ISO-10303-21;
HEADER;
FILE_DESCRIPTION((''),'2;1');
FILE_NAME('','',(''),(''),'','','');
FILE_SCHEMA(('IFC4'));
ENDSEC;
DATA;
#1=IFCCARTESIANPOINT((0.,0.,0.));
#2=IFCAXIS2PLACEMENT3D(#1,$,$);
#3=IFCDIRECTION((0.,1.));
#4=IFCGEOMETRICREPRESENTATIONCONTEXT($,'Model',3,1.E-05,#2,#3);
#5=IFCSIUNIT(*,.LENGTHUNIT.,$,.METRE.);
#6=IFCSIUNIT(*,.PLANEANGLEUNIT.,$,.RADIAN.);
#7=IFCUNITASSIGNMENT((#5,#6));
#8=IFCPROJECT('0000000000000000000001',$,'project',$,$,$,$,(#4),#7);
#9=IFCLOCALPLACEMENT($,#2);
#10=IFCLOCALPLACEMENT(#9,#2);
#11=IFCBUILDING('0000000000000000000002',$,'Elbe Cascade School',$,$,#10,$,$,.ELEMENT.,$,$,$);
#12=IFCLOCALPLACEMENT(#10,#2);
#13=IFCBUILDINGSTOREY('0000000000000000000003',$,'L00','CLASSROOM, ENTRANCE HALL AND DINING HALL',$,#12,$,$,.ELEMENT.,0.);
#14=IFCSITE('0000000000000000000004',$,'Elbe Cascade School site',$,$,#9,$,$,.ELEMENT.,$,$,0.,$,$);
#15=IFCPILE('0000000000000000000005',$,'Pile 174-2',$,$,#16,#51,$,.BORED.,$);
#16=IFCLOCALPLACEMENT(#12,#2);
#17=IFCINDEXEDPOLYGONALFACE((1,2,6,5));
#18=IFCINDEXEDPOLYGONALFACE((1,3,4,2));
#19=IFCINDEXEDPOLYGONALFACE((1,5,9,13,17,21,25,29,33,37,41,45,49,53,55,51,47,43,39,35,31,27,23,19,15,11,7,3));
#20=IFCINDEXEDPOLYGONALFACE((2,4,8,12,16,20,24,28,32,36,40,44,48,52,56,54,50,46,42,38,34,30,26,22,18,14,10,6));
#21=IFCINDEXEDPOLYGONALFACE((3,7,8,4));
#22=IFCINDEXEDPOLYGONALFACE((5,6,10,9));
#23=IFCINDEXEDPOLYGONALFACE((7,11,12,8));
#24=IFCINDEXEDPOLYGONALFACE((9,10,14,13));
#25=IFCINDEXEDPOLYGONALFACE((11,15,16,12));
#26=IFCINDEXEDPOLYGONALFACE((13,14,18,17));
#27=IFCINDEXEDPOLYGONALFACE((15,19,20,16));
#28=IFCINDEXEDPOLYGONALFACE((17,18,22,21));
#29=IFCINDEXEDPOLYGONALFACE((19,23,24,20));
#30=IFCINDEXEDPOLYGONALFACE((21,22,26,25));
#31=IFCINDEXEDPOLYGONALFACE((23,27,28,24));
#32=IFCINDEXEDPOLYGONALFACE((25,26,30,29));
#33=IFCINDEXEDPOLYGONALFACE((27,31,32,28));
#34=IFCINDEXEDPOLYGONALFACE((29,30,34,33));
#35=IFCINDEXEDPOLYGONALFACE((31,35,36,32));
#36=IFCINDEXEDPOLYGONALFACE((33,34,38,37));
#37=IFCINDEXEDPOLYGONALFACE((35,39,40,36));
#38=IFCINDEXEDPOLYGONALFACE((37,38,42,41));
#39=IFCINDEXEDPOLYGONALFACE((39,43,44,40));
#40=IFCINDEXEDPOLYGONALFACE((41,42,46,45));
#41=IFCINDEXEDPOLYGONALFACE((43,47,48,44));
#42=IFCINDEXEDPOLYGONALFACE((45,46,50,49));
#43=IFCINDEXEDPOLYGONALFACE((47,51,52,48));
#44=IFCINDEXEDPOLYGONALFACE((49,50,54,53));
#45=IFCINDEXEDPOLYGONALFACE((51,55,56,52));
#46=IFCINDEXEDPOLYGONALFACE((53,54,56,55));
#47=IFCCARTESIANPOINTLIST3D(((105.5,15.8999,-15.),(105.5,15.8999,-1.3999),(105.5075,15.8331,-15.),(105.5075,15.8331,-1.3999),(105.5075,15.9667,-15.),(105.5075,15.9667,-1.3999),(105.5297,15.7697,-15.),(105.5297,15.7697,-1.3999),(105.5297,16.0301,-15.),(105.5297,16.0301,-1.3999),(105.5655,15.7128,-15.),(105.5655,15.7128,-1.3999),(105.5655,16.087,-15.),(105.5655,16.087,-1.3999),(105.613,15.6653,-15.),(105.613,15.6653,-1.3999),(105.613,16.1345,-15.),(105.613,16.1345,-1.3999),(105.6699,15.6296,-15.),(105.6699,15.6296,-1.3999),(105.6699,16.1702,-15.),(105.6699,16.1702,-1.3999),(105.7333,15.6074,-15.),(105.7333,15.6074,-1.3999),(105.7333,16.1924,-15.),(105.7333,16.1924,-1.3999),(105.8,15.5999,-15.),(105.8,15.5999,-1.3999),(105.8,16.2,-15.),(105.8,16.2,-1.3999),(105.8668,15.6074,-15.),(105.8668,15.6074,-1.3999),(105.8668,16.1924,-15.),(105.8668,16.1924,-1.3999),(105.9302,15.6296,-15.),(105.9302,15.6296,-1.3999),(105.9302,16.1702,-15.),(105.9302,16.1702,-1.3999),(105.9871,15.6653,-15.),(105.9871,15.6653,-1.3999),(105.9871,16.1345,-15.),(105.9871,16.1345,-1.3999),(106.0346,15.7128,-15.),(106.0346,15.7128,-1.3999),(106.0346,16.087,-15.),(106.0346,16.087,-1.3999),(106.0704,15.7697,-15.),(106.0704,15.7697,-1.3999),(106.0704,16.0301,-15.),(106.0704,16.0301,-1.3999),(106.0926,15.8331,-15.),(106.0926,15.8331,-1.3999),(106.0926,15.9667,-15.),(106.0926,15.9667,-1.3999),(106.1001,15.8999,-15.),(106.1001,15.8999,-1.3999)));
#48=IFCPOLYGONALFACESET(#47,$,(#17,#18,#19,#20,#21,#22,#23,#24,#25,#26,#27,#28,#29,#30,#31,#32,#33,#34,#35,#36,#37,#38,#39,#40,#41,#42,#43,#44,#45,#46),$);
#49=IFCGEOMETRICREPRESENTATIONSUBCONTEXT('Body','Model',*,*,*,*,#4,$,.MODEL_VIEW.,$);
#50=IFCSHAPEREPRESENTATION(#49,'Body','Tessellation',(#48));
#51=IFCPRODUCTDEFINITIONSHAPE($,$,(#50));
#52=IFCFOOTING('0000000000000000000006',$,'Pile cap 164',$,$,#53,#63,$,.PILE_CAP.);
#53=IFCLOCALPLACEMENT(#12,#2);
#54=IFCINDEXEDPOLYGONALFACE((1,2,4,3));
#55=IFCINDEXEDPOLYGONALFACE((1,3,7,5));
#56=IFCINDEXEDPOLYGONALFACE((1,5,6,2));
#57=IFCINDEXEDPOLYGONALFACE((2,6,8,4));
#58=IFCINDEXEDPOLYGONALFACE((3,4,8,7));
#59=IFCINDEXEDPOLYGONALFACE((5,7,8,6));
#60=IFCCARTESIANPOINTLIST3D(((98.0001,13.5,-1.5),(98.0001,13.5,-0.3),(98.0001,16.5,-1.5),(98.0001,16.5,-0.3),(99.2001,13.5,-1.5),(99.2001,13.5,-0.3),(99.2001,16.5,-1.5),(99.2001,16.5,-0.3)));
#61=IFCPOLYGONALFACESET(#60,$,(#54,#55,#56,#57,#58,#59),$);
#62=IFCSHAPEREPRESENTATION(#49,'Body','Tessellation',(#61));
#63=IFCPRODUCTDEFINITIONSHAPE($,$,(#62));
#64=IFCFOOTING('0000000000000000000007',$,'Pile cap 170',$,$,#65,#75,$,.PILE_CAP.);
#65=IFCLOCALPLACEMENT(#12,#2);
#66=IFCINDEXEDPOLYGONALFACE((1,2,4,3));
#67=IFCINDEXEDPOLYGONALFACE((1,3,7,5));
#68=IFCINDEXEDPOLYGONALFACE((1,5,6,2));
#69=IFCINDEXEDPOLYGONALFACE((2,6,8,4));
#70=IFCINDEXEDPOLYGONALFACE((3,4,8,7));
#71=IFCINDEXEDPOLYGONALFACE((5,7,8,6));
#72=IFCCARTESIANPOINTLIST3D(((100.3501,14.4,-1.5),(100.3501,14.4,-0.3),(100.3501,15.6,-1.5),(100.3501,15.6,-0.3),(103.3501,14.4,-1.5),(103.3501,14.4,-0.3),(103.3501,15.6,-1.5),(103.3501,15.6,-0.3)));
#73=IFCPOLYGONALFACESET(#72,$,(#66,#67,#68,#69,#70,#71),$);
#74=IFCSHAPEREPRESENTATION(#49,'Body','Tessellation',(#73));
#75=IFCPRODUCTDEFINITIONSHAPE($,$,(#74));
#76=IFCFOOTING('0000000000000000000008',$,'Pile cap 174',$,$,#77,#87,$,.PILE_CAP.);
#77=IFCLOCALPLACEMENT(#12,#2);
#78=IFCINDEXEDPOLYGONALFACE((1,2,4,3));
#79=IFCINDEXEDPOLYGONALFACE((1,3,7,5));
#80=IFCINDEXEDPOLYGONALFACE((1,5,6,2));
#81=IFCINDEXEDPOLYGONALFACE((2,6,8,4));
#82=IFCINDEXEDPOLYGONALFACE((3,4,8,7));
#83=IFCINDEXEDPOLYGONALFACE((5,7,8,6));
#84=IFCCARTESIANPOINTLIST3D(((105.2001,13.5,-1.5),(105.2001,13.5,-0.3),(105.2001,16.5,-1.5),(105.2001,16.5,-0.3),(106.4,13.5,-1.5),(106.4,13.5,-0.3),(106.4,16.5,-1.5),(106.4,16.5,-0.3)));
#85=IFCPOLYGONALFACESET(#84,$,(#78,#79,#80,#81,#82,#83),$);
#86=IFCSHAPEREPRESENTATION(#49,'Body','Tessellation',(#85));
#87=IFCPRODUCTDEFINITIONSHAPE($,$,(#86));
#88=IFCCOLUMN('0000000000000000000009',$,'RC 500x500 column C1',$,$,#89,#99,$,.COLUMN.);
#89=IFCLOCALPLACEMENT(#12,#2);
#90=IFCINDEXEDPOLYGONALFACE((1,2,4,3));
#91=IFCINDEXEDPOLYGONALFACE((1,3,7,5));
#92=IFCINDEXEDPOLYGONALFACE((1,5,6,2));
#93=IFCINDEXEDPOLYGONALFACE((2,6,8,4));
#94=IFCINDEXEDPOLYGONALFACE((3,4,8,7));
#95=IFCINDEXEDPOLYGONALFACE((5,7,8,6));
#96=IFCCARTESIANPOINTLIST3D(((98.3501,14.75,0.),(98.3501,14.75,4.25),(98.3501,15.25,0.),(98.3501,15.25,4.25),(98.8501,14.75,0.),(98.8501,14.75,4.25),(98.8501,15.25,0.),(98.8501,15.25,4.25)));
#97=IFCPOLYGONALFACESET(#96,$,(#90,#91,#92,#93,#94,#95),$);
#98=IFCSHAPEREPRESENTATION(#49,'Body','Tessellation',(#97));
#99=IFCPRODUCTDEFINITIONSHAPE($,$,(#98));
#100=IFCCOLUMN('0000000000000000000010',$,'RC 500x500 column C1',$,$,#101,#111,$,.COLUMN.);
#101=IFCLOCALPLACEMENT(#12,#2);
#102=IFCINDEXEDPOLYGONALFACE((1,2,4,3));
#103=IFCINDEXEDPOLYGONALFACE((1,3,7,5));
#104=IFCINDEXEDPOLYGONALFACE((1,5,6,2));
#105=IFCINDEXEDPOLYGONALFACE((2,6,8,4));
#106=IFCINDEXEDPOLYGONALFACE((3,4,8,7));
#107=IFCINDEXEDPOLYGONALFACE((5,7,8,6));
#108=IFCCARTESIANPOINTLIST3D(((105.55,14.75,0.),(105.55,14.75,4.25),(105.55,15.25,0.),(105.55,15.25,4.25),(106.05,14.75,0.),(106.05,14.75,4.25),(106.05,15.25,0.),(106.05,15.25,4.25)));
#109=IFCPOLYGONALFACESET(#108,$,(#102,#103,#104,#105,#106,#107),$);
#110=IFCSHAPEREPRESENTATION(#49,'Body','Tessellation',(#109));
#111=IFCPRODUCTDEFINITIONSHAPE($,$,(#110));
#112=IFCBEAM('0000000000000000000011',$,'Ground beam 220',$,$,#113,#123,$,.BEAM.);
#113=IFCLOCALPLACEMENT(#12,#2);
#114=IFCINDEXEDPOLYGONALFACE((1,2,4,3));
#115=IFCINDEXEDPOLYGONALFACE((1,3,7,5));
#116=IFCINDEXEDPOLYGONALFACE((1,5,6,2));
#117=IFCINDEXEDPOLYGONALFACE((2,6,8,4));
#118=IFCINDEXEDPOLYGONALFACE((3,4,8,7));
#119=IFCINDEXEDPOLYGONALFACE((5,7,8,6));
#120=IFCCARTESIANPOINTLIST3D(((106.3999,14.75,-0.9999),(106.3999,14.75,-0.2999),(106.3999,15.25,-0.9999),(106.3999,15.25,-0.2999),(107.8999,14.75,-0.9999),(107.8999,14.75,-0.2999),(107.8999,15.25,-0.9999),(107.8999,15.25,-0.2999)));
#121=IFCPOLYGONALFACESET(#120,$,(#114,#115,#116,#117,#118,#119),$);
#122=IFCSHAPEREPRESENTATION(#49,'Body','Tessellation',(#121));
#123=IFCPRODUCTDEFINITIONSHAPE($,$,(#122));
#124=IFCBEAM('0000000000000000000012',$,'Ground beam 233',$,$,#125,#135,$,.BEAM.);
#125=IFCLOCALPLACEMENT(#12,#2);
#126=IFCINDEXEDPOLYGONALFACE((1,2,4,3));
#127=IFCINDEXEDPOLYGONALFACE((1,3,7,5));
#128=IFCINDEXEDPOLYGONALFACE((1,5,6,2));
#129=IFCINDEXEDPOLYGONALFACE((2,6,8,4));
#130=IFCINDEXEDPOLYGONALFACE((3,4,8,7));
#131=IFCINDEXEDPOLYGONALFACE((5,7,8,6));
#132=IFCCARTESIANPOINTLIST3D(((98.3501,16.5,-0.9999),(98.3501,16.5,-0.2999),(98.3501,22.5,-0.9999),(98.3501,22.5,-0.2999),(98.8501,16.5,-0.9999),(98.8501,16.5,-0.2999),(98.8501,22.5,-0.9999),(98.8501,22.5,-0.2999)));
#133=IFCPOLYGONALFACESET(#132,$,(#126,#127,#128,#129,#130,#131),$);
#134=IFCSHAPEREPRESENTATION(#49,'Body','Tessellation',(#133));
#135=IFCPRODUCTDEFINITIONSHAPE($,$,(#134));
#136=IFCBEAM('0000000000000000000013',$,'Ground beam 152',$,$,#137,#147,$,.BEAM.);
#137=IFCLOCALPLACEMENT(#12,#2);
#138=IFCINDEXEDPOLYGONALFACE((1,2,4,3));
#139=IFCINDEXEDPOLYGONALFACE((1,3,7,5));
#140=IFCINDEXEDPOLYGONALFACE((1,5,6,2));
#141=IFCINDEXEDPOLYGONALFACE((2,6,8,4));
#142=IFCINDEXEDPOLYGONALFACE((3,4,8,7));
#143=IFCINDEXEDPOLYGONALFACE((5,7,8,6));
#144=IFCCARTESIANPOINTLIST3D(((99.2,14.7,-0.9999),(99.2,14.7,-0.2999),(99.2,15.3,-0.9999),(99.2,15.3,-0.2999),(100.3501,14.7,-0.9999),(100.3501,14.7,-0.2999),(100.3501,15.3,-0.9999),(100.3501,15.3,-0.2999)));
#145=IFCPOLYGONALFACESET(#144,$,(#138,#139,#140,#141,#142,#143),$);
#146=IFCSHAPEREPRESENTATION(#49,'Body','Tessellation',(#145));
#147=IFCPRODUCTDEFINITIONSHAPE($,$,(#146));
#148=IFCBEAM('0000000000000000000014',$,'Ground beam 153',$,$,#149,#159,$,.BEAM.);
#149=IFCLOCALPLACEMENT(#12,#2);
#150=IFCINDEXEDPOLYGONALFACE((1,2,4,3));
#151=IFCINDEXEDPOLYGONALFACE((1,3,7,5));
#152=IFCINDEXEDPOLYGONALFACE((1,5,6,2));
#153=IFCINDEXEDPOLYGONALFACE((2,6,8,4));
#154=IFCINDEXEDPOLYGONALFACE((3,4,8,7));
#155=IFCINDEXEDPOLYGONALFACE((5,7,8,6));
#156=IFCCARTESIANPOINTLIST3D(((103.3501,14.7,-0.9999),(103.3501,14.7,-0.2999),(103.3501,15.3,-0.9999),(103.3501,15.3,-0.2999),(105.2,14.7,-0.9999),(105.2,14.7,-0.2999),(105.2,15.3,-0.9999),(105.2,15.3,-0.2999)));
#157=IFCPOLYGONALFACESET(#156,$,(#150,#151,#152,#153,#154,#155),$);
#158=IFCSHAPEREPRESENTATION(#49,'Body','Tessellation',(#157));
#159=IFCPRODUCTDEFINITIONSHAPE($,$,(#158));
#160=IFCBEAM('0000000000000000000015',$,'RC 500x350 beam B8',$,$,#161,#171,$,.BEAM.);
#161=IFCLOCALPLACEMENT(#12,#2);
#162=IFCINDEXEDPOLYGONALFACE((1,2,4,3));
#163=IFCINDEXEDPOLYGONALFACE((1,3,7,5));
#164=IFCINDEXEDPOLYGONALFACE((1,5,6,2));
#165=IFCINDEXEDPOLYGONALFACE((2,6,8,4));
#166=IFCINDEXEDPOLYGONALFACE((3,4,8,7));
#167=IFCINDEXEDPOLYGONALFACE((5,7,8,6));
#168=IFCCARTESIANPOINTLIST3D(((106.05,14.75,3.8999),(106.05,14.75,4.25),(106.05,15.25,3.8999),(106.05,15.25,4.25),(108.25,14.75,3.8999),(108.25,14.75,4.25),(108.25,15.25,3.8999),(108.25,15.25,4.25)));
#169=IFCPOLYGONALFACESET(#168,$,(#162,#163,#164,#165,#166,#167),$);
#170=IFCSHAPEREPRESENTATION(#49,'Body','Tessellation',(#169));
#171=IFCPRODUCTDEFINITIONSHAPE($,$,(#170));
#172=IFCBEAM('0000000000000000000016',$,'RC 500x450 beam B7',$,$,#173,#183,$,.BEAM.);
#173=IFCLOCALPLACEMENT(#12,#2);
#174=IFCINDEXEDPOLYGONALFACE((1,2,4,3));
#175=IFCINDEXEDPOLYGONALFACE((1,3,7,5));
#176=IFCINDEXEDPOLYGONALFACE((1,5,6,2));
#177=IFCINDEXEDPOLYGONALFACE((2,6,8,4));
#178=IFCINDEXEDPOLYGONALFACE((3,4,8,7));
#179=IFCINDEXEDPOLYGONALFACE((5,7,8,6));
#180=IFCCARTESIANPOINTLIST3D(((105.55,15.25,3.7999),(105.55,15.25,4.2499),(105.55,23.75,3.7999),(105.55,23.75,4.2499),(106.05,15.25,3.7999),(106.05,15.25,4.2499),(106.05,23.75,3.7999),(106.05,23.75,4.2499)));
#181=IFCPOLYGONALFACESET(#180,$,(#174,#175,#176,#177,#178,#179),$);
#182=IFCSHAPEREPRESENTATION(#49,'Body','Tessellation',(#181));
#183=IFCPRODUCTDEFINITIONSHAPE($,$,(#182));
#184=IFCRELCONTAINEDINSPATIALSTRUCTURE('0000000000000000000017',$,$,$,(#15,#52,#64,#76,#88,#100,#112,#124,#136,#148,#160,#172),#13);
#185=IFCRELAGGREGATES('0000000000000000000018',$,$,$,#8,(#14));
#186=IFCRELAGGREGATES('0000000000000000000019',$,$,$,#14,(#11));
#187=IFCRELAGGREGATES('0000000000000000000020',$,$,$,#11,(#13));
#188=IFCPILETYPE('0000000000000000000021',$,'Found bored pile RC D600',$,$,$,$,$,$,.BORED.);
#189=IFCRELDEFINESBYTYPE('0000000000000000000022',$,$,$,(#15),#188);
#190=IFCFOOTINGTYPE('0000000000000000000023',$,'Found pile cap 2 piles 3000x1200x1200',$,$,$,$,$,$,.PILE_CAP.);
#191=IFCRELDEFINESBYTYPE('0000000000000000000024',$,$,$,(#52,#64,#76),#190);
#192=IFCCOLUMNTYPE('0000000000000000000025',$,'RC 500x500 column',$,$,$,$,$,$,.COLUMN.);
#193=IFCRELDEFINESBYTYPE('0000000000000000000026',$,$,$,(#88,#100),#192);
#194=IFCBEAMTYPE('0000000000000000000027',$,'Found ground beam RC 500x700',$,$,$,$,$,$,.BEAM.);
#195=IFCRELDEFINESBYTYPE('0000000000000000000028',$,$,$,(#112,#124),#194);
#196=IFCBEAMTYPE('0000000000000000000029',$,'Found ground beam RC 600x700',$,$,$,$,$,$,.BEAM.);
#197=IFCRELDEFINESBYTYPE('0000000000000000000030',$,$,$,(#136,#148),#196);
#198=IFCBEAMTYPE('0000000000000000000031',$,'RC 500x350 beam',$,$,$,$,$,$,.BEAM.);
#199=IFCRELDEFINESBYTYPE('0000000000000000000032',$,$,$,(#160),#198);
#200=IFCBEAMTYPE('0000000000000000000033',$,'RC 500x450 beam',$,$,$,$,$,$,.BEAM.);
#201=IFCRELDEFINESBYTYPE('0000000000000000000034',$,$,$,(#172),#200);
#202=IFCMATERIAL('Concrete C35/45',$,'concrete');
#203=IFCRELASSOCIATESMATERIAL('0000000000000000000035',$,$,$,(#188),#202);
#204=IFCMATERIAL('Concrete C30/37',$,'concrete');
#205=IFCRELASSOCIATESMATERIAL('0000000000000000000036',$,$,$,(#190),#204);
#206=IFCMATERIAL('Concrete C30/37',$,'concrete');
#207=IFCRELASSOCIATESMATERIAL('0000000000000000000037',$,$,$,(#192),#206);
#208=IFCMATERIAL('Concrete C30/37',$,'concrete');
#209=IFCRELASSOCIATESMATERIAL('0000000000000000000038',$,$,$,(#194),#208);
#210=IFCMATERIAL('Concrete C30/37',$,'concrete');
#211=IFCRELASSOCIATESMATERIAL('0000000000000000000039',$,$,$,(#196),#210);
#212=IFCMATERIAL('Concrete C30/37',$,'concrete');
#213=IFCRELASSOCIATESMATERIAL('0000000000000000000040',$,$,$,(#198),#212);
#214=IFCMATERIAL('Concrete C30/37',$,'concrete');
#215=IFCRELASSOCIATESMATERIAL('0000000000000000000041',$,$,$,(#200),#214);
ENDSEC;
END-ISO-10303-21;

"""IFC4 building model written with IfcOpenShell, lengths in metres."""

from ifc_helpers import new_model, si_unit, direction, frame, origin, origin_2d, place, context, subcontext, project, spatial, rectangle, circle, extrude, material, material_profile, profile_set, type_object, element, save


model = new_model("IFC4")

# Units and contexts
model_context = context("Model", 3, precision=1e-05, world=origin(), true_north=direction((0.0, 1.0)))
body_context = subcontext(model_context, "Body", "Model", "MODEL_VIEW")
ifc_project = project(units=[si_unit("LENGTHUNIT", "METRE"), si_unit("PLANEANGLEUNIT", "RADIAN")], contexts=[model_context])

# Site, building, storey
site_placement = place(None, origin())
site = spatial("IfcSite", under=ifc_project, at=site_placement, Name="Elbe Cascade School site", CompositionType="ELEMENT", RefElevation=0.0)
building_placement = place(site_placement, origin())
building = spatial("IfcBuilding", under=site, at=building_placement, Name="Elbe Cascade School", CompositionType="ELEMENT")
storey_placement = place(building_placement, origin())
storey = spatial("IfcBuildingStorey", under=building, at=storey_placement, Name="L00", Description="CLASSROOM, ENTRANCE HALL AND DINING HALL", CompositionType="ELEMENT", Elevation=0.0)

# Pile
ifc_material_1 = material(Name="Concrete C35/45", Category="concrete")
ifc_material_profile_1 = material_profile(ifc_material_1, circle(Radius=0.3, at=origin_2d()), Name="RC D600")
ifc_profile_set_1 = profile_set([ifc_material_profile_1], Name="Concrete C35/45")
pile_type = type_object("IfcPileType", Name="Found bored pile RC D600", PredefinedType="BORED", material=ifc_profile_set_1)
for number, where, z_axis, x_axis, name in (
    (1, (105.8, 15.8999, -1.3999), (0.0, 0.0, -1.0), (1.0, 0.0, 0.0), "Pile 174-2"),
):
    element("IfcPile", number, at=place(storey_placement, frame(where, z_axis=z_axis, x_axis=x_axis)), inside=storey, type_object=pile_type, Name=name, PredefinedType="BORED", context=body_context, shape_type="SweptSolid", body=[
        extrude(circle(Radius=0.3, at=origin_2d()), origin(), (0.0, 0.0, 1.0), 13.6001),
    ])

# Footings
ifc_material_2 = material(Name="Concrete C30/37", Category="concrete")
footing_type = type_object("IfcFootingType", Name="Found pile cap 2 piles 3000x1200x1200", PredefinedType="PILE_CAP", material=ifc_material_2)
footing_1_placement = place(storey_placement, frame((98.6001, 15.0, -1.5), z_axis=(0.0, 0.0, 1.0), x_axis=(1.0, 0.0, 0.0)))
element("IfcFooting", 2, at=footing_1_placement, inside=storey, type_object=footing_type, Name="Pile cap 164", PredefinedType="PILE_CAP", context=body_context, shape_type="SweptSolid", body=[
    extrude(rectangle(XDim=1.2, YDim=3.0, at=origin_2d()), origin(), (0.0, 0.0, 1.0), 1.2),
])
footing_2_placement = place(storey_placement, frame((101.8501, 15.0, -1.5), z_axis=(0.0, 0.0, 1.0), x_axis=(1.0, 0.0, 0.0)))
element("IfcFooting", 3, at=footing_2_placement, inside=storey, type_object=footing_type, Name="Pile cap 170", PredefinedType="PILE_CAP", context=body_context, shape_type="SweptSolid", body=[
    extrude(rectangle(XDim=3.0, YDim=1.2, at=origin_2d()), origin(), (0.0, 0.0, 1.0), 1.2),
])
footing_3_placement = place(storey_placement, frame((105.8, 15.0, -1.5), z_axis=(0.0, 0.0, 1.0), x_axis=(1.0, 0.0, 0.0)))
element("IfcFooting", 4, at=footing_3_placement, inside=storey, type_object=footing_type, Name="Pile cap 174", PredefinedType="PILE_CAP", context=body_context, shape_type="SweptSolid", body=[
    extrude(rectangle(XDim=1.2, YDim=3.0, at=origin_2d()), origin(), (0.0, 0.0, 1.0), 1.2),
])

# Columns
ifc_material_3 = material(Name="Concrete C30/37", Category="concrete")
ifc_material_profile_2 = material_profile(ifc_material_3, rectangle(XDim=0.5, YDim=0.5, at=origin_2d()), Name="RC 500x500")
ifc_profile_set_2 = profile_set([ifc_material_profile_2], Name="Concrete C30/37")
column_type = type_object("IfcColumnType", Name="RC 500x500 column", PredefinedType="COLUMN", material=ifc_profile_set_2)
for number, where, z_axis, x_axis, name in (
    (5, (98.6001, 15.0, 0.0), (0.0, 0.0, 1.0), (1.0, 0.0, 0.0), "RC 500x500 column C1"),
    (6, (105.8, 15.0, 0.0), (0.0, 0.0, 1.0), (1.0, 0.0, 0.0), "RC 500x500 column C1"),
):
    element("IfcColumn", number, at=place(storey_placement, frame(where, z_axis=z_axis, x_axis=x_axis)), inside=storey, type_object=column_type, Name=name, PredefinedType="COLUMN", context=body_context, shape_type="SweptSolid", body=[
        extrude(rectangle(XDim=0.5, YDim=0.5, at=origin_2d()), origin(), (0.0, 0.0, 1.0), 4.25),
    ])

# Beams
ifc_material_4 = material(Name="Concrete C30/37", Category="concrete")
ifc_material_profile_3 = material_profile(ifc_material_4, rectangle(XDim=0.5, YDim=0.7, at=origin_2d()), Name="RC 500x700")
ifc_profile_set_3 = profile_set([ifc_material_profile_3], Name="Concrete C30/37")
beam_type_1 = type_object("IfcBeamType", Name="Found ground beam RC 500x700", PredefinedType="BEAM", material=ifc_profile_set_3)
beam_1_placement = place(storey_placement, frame((106.3999, 15.0, -0.6499), z_axis=(1.0, 0.0, 0.0), x_axis=(0.0, 1.0, 0.0)))
element("IfcBeam", 7, at=beam_1_placement, inside=storey, type_object=beam_type_1, Name="Ground beam 220", PredefinedType="BEAM", context=body_context, shape_type="SweptSolid", body=[
    extrude(rectangle(XDim=0.5, YDim=0.7, at=origin_2d()), origin(), (0.0, 0.0, 1.0), 1.5),
])
beam_2_placement = place(storey_placement, frame((98.6001, 16.5, -0.6499), z_axis=(0.0, 1.0, 0.0), x_axis=(-1.0, 0.0, 0.0)))
element("IfcBeam", 8, at=beam_2_placement, inside=storey, type_object=beam_type_1, Name="Ground beam 233", PredefinedType="BEAM", context=body_context, shape_type="SweptSolid", body=[
    extrude(rectangle(XDim=0.5, YDim=0.7, at=origin_2d()), origin(), (0.0, 0.0, 1.0), 6.0),
])
ifc_material_5 = material(Name="Concrete C30/37", Category="concrete")
ifc_material_profile_4 = material_profile(ifc_material_5, rectangle(XDim=0.6001, YDim=0.7, at=origin_2d()), Name="RC 600x700")
ifc_profile_set_4 = profile_set([ifc_material_profile_4], Name="Concrete C30/37")
beam_type_2 = type_object("IfcBeamType", Name="Found ground beam RC 600x700", PredefinedType="BEAM", material=ifc_profile_set_4)
beam_3_placement = place(storey_placement, frame((99.2, 15.0, -0.6499), z_axis=(1.0, 0.0, 0.0), x_axis=(0.0, 1.0, 0.0)))
element("IfcBeam", 9, at=beam_3_placement, inside=storey, type_object=beam_type_2, Name="Ground beam 152", PredefinedType="BEAM", context=body_context, shape_type="SweptSolid", body=[
    extrude(rectangle(XDim=0.6001, YDim=0.7, at=origin_2d()), origin(), (0.0, 0.0, 1.0), 1.1501),
])
beam_4_placement = place(storey_placement, frame((103.3501, 15.0, -0.6499), z_axis=(1.0, 0.0, 0.0), x_axis=(0.0, 1.0, 0.0)))
element("IfcBeam", 10, at=beam_4_placement, inside=storey, type_object=beam_type_2, Name="Ground beam 153", PredefinedType="BEAM", context=body_context, shape_type="SweptSolid", body=[
    extrude(rectangle(XDim=0.6001, YDim=0.7, at=origin_2d()), origin(), (0.0, 0.0, 1.0), 1.8499),
])
ifc_material_6 = material(Name="Concrete C30/37", Category="concrete")
ifc_material_profile_5 = material_profile(ifc_material_6, rectangle(XDim=0.5, YDim=0.3501, at=origin_2d()), Name="RC 500x350")
ifc_profile_set_5 = profile_set([ifc_material_profile_5], Name="Concrete C30/37")
beam_type_3 = type_object("IfcBeamType", Name="RC 500x350 beam", PredefinedType="BEAM", material=ifc_profile_set_5)
beam_5_placement = place(storey_placement, frame((106.05, 15.0, 4.075), z_axis=(1.0, 0.0, 0.0), x_axis=(0.0, 1.0, 0.0)))
element("IfcBeam", 11, at=beam_5_placement, inside=storey, type_object=beam_type_3, Name="RC 500x350 beam B8", PredefinedType="BEAM", context=body_context, shape_type="SweptSolid", body=[
    extrude(rectangle(XDim=0.5, YDim=0.3501, at=origin_2d()), origin(), (0.0, 0.0, 1.0), 2.2),
])
ifc_material_7 = material(Name="Concrete C30/37", Category="concrete")
ifc_material_profile_6 = material_profile(ifc_material_7, rectangle(XDim=0.5, YDim=0.45, at=origin_2d()), Name="RC 500x450")
ifc_profile_set_6 = profile_set([ifc_material_profile_6], Name="Concrete C30/37")
beam_type_4 = type_object("IfcBeamType", Name="RC 500x450 beam", PredefinedType="BEAM", material=ifc_profile_set_6)
beam_6_placement = place(storey_placement, frame((105.8, 15.25, 4.0249), z_axis=(0.0, 1.0, 0.0), x_axis=(-1.0, 0.0, 0.0)))
element("IfcBeam", 12, at=beam_6_placement, inside=storey, type_object=beam_type_4, Name="RC 500x450 beam B7", PredefinedType="BEAM", context=body_context, shape_type="SweptSolid", body=[
    extrude(rectangle(XDim=0.5, YDim=0.45, at=origin_2d()), origin(), (0.0, 0.0, 1.0), 8.5),
])

save(model, "model.ifc")
